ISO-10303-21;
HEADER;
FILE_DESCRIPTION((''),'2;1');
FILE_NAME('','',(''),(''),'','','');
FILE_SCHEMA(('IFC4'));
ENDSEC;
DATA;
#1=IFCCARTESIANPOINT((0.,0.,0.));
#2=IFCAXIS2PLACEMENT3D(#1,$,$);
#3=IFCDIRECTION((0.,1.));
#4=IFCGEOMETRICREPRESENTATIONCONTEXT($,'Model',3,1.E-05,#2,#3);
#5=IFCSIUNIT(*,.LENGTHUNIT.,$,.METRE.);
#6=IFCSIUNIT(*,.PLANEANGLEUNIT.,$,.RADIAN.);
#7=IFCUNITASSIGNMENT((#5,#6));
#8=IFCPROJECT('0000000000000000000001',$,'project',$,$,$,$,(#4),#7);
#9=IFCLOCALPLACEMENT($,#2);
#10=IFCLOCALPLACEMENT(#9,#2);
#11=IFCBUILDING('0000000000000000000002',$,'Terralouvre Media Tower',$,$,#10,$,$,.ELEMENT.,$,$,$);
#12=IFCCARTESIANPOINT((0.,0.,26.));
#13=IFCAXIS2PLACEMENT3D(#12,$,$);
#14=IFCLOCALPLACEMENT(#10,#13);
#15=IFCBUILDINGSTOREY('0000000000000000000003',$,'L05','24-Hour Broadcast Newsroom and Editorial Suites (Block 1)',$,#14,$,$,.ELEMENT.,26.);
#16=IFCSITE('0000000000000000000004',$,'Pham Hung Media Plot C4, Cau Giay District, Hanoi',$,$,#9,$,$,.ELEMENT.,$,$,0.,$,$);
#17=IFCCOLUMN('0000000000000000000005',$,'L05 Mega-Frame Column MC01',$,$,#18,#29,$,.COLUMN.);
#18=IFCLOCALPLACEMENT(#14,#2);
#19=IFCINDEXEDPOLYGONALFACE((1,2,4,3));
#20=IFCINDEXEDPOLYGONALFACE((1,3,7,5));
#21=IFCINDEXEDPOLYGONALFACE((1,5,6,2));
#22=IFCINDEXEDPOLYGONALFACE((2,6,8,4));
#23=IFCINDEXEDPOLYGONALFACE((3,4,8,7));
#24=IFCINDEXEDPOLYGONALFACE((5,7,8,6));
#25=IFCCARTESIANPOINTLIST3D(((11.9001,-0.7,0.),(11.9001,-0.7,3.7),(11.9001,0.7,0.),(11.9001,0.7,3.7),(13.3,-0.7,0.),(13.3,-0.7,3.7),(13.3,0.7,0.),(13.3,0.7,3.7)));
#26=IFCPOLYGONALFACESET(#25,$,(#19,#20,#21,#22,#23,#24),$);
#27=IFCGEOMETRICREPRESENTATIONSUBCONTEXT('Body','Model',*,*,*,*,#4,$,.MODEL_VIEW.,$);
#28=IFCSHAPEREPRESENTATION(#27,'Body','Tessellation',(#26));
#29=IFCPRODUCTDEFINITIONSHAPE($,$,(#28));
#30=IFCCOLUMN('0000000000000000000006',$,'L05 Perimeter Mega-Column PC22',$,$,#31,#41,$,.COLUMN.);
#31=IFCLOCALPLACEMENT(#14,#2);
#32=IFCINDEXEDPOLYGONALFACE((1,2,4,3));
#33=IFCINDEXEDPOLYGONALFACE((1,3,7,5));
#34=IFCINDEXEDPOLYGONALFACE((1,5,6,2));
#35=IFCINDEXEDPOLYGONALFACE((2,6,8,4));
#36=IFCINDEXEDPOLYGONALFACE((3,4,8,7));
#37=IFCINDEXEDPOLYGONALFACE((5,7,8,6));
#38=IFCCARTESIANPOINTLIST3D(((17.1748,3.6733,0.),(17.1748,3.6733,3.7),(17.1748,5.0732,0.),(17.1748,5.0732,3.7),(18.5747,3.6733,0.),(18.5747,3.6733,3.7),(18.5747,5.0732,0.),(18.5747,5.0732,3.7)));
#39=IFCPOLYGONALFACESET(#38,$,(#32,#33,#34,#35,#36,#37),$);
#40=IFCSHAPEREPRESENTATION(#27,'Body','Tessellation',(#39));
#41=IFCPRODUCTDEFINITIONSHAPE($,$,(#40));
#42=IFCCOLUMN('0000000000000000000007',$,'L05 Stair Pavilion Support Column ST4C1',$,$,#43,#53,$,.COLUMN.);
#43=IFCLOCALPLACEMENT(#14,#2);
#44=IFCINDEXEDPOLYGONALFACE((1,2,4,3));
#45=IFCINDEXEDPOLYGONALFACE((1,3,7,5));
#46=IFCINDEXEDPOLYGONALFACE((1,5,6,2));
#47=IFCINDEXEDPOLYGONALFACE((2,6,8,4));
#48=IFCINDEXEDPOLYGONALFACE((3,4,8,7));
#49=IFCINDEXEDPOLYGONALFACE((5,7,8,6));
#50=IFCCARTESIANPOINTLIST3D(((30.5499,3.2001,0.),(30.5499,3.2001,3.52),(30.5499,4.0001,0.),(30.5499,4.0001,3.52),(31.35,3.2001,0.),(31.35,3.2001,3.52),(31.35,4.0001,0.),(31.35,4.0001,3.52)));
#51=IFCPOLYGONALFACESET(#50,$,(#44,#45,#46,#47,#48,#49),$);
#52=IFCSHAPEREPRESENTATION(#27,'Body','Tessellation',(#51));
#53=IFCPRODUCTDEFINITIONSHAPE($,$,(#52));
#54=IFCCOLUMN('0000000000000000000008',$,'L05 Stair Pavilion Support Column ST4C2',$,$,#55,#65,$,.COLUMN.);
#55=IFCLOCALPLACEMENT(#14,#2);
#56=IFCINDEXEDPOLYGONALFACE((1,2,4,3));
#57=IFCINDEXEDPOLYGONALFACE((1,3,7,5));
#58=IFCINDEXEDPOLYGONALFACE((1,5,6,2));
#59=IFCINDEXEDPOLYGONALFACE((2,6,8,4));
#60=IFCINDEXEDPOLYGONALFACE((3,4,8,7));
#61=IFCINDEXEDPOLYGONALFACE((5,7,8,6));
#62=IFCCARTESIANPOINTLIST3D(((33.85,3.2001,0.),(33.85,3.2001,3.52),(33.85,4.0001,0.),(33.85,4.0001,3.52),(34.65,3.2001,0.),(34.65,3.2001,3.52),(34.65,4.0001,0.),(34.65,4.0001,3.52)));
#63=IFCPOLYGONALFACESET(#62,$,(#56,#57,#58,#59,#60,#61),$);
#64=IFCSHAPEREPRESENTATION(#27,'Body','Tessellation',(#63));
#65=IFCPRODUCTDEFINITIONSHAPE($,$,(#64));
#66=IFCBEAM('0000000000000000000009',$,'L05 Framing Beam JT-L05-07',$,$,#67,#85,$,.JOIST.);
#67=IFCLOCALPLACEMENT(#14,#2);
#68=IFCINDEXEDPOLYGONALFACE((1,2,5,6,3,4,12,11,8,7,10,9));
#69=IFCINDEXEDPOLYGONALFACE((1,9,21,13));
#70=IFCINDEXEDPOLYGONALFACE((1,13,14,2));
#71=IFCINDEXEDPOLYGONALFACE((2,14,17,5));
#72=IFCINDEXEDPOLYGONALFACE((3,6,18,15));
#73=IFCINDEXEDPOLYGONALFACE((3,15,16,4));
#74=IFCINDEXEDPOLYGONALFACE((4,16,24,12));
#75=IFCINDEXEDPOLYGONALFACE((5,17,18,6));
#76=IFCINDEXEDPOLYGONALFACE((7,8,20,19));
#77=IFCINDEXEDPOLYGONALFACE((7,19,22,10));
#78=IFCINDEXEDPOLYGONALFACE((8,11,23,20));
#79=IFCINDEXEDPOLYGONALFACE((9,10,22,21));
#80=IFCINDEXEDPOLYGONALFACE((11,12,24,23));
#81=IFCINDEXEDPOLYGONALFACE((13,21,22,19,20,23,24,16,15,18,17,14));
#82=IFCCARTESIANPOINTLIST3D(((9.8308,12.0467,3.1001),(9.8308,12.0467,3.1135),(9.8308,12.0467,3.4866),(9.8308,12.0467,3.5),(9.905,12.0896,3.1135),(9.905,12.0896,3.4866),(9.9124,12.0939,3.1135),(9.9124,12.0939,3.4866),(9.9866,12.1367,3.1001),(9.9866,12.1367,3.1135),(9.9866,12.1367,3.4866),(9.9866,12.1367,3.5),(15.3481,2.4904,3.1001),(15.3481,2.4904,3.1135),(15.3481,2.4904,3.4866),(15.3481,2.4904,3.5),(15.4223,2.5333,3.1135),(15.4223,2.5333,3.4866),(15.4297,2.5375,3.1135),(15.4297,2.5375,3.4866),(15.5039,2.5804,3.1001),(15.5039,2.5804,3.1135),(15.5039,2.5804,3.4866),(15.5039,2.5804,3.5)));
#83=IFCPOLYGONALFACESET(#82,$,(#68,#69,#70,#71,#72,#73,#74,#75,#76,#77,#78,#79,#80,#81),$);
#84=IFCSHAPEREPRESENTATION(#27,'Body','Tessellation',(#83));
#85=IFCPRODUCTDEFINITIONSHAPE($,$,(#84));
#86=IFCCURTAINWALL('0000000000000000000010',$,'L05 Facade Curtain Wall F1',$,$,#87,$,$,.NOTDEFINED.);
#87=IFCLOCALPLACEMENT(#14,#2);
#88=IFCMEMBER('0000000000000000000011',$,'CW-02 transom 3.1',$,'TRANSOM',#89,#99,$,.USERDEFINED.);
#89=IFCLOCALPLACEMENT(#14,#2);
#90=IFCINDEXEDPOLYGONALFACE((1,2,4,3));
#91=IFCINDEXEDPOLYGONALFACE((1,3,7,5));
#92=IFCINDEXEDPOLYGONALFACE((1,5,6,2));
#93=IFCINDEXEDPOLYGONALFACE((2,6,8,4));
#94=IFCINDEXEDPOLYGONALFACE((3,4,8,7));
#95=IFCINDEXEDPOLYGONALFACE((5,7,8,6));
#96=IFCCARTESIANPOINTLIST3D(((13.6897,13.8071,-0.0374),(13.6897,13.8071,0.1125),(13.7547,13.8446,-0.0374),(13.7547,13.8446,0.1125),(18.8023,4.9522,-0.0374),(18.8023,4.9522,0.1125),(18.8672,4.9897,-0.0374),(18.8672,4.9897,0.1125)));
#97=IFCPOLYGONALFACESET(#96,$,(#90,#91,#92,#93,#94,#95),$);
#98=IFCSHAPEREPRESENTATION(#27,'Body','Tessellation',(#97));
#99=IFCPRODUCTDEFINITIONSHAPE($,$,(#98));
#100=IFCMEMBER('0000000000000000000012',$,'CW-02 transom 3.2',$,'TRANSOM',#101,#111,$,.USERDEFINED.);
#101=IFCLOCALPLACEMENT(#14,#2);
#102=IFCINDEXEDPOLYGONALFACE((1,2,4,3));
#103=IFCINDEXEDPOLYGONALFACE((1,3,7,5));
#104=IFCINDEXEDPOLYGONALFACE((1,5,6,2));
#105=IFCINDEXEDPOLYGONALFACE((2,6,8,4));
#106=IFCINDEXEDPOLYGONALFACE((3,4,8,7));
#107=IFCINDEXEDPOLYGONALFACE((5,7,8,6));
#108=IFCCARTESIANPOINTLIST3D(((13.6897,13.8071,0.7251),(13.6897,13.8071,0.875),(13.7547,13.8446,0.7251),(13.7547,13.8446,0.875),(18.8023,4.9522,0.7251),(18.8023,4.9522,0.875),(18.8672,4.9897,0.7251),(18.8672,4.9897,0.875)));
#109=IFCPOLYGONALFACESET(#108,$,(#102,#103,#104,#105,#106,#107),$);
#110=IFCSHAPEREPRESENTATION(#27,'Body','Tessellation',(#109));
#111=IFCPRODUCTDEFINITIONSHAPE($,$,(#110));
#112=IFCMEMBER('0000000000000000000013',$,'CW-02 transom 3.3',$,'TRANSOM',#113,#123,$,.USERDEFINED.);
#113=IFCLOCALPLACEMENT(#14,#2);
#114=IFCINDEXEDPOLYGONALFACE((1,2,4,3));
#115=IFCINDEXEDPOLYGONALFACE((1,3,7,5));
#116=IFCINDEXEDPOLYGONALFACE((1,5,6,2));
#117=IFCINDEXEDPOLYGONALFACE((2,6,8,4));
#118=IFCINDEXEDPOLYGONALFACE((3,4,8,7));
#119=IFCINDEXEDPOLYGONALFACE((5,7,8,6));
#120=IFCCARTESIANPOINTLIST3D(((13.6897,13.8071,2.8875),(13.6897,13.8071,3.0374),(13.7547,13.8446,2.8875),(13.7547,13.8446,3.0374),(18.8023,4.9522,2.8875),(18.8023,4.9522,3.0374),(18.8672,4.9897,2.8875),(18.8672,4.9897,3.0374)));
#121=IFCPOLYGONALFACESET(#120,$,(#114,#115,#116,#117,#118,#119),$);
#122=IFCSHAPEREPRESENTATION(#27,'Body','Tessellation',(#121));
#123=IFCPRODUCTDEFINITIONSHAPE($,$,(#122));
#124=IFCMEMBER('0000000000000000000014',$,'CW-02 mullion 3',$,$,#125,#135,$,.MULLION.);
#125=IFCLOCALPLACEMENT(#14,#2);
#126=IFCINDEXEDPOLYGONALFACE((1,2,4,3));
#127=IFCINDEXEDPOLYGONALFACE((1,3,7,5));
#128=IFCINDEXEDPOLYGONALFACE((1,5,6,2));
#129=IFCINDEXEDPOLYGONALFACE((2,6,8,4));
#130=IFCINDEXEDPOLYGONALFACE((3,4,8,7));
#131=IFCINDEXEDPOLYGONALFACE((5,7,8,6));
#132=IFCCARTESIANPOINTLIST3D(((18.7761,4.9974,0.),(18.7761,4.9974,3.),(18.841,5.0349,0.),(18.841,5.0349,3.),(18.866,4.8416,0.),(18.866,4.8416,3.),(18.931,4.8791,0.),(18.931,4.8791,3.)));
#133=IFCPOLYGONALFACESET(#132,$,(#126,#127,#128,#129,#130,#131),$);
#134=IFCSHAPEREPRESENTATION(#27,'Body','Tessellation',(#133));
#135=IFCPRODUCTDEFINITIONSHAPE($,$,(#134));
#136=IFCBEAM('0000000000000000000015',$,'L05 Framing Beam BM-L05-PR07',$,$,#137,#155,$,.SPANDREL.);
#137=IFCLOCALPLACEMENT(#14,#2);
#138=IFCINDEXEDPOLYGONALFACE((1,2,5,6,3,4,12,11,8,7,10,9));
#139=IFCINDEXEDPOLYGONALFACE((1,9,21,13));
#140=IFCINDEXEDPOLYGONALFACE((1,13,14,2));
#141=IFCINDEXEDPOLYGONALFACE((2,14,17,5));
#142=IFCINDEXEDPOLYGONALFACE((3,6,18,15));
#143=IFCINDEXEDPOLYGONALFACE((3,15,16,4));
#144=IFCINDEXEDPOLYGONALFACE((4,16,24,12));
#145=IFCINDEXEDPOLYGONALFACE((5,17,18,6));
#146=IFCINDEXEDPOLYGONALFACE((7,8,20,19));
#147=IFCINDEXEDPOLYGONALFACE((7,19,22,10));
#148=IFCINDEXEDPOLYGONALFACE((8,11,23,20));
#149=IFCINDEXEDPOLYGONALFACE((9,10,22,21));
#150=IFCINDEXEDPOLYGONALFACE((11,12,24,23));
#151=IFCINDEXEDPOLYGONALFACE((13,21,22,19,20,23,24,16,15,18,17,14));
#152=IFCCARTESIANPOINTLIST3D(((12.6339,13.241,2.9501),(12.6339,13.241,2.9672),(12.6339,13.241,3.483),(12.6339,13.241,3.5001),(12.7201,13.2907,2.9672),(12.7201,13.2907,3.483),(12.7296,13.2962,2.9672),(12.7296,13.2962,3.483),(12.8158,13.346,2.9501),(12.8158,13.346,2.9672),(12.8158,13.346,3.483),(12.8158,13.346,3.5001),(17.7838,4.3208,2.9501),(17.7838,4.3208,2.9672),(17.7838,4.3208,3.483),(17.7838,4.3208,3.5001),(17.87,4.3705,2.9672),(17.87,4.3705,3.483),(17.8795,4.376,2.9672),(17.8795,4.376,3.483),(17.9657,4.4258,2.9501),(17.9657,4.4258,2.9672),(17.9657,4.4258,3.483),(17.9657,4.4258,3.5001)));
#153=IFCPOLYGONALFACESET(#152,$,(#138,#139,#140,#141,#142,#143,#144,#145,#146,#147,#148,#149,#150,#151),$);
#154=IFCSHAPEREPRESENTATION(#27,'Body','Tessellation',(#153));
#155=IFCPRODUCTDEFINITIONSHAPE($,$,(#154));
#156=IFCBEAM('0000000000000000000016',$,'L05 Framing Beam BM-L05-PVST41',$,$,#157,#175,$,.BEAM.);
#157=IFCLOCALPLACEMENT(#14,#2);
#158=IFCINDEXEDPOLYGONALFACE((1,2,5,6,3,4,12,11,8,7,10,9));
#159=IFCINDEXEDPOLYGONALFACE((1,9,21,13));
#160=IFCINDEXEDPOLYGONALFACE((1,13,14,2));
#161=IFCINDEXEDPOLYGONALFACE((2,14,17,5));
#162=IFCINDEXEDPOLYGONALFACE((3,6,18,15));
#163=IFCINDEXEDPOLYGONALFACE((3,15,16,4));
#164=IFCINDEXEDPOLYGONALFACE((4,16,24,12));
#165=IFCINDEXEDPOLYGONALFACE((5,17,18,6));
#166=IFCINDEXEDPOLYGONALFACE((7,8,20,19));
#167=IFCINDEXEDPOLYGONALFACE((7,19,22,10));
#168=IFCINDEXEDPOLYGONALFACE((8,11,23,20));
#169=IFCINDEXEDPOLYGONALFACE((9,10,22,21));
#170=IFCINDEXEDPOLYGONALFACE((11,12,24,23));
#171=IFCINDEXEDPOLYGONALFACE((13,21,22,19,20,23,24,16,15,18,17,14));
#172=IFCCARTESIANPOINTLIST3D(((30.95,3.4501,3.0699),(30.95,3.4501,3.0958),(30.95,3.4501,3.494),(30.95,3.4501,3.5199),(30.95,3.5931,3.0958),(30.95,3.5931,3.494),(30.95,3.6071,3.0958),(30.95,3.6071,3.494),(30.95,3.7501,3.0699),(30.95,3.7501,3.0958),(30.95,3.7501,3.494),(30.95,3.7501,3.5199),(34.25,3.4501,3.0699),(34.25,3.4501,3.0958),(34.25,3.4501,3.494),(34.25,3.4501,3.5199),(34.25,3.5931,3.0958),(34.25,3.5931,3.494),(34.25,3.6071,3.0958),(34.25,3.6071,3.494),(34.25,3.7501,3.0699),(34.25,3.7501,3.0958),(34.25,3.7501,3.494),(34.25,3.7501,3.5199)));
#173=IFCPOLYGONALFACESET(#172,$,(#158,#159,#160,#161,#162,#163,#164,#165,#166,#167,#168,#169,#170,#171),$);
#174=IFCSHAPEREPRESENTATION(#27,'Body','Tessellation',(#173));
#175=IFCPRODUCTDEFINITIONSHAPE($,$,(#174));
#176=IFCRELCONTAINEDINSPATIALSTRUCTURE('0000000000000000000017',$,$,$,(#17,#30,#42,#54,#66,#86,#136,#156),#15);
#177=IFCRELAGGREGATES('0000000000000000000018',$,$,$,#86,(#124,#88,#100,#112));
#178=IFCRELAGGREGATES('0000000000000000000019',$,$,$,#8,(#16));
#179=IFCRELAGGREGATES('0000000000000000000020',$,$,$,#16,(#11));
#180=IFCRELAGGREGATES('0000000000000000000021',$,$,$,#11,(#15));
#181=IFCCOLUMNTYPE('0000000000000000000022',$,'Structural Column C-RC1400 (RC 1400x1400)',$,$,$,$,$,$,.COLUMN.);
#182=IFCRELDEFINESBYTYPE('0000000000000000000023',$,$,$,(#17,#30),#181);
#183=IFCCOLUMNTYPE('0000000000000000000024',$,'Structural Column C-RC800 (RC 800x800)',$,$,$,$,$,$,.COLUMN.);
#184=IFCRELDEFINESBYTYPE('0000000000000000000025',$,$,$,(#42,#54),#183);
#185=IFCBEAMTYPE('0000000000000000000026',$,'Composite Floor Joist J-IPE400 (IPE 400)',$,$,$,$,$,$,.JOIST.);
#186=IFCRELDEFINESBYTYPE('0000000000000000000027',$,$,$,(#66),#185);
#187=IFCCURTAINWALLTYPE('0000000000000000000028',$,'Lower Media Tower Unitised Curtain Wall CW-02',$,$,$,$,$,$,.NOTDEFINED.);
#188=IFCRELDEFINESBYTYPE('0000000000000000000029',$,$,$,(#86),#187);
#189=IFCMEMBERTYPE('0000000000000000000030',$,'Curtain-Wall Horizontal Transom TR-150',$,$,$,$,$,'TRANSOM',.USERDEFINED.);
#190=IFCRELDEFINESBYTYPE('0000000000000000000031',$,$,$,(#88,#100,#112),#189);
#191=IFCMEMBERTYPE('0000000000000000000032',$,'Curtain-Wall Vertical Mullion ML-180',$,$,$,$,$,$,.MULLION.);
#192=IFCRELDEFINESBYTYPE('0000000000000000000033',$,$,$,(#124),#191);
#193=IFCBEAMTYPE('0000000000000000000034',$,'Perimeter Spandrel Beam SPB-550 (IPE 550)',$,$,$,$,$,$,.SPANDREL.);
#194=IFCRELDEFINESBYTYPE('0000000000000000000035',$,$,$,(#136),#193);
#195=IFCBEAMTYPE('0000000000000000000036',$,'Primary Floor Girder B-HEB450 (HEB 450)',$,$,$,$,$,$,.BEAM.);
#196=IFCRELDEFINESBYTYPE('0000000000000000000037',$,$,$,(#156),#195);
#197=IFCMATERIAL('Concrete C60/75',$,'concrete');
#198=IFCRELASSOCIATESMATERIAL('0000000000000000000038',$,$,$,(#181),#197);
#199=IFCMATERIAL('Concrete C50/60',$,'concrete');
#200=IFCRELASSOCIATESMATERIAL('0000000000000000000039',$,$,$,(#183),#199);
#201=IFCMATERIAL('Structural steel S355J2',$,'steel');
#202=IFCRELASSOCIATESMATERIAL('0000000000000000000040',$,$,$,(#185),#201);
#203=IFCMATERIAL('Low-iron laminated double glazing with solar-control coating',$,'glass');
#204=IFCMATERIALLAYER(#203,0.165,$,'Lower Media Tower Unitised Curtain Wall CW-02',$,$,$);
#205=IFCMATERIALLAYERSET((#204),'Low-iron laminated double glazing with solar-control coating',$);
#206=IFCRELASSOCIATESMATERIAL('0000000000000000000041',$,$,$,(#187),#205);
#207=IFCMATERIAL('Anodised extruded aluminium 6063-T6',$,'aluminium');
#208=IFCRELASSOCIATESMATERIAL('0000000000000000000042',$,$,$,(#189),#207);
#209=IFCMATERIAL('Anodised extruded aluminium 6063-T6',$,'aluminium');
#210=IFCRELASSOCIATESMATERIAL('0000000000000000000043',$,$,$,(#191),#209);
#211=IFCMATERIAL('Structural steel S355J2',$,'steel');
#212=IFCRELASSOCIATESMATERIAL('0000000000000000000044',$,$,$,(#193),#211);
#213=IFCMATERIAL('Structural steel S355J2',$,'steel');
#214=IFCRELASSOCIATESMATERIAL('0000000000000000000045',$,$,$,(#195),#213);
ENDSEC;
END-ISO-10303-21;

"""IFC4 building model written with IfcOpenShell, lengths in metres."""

from ifc_helpers import new_model, si_unit, direction, frame, origin, origin_2d, place, context, subcontext, project, spatial, rectangle, i_section, extrude, material, layer, layer_set, material_profile, profile_set, type_object, element, aggregate, save


model = new_model("IFC4")

# Units and contexts
model_context = context("Model", 3, precision=1e-05, world=origin(), true_north=direction((0.0, 1.0)))
body_context = subcontext(model_context, "Body", "Model", "MODEL_VIEW")
ifc_project = project(units=[si_unit("LENGTHUNIT", "METRE"), si_unit("PLANEANGLEUNIT", "RADIAN")], contexts=[model_context])

# Site, building, storey
site_placement = place(None, origin())
site = spatial("IfcSite", under=ifc_project, at=site_placement, Name="Pham Hung Media Plot C4, Cau Giay District, Hanoi", CompositionType="ELEMENT", RefElevation=0.0)
building_placement = place(site_placement, origin())
building = spatial("IfcBuilding", under=site, at=building_placement, Name="Terralouvre Media Tower", CompositionType="ELEMENT")
storey_placement = place(building_placement, frame((0.0, 0.0, 26.0)))
storey = spatial("IfcBuildingStorey", under=building, at=storey_placement, Name="L05", Description="24-Hour Broadcast Newsroom and Editorial Suites (Block 1)", CompositionType="ELEMENT", Elevation=26.0)

# Columns
ifc_material_1 = material(Name="Concrete C60/75", Category="concrete")
ifc_material_profile_1 = material_profile(ifc_material_1, rectangle(XDim=1.3999, YDim=1.3999, at=origin_2d()), Name="RC 1400x1400")
ifc_profile_set_1 = profile_set([ifc_material_profile_1], Name="Concrete C60/75")
column_type_1 = type_object("IfcColumnType", Name="Structural Column C-RC1400 (RC 1400x1400)", PredefinedType="COLUMN", material=ifc_profile_set_1)
for number, where, z_axis, x_axis, name in (
    (1, (12.6001, 0.0, 0.0), (0.0, 0.0, 1.0), (1.0, 0.0, 0.0), "L05 Mega-Frame Column MC01"),
    (2, (17.8748, 4.3733, 0.0), (0.0, 0.0, 1.0), (1.0, 0.0, 0.0), "L05 Perimeter Mega-Column PC22"),
):
    element("IfcColumn", number, at=place(storey_placement, frame(where, z_axis=z_axis, x_axis=x_axis)), inside=storey, type_object=column_type_1, Name=name, PredefinedType="COLUMN", context=body_context, shape_type="SweptSolid", body=[
        extrude(rectangle(XDim=1.3999, YDim=1.3999, at=origin_2d()), origin(), (0.0, 0.0, 1.0), 3.7),
    ])
ifc_material_2 = material(Name="Concrete C50/60", Category="concrete")
ifc_material_profile_2 = material_profile(ifc_material_2, rectangle(XDim=0.8, YDim=0.8, at=origin_2d()), Name="RC 800x800")
ifc_profile_set_2 = profile_set([ifc_material_profile_2], Name="Concrete C50/60")
column_type_2 = type_object("IfcColumnType", Name="Structural Column C-RC800 (RC 800x800)", PredefinedType="COLUMN", material=ifc_profile_set_2)
for number, where, z_axis, x_axis, name in (
    (3, (30.95, 3.6001, 0.0), (0.0, 0.0, 1.0), (1.0, 0.0, 0.0), "L05 Stair Pavilion Support Column ST4C1"),
    (4, (34.25, 3.6001, 0.0), (0.0, 0.0, 1.0), (1.0, 0.0, 0.0), "L05 Stair Pavilion Support Column ST4C2"),
):
    element("IfcColumn", number, at=place(storey_placement, frame(where, z_axis=z_axis, x_axis=x_axis)), inside=storey, type_object=column_type_2, Name=name, PredefinedType="COLUMN", context=body_context, shape_type="SweptSolid", body=[
        extrude(rectangle(XDim=0.8, YDim=0.8, at=origin_2d()), origin(), (0.0, 0.0, 1.0), 3.52),
    ])

# Beam
ifc_material_3 = material(Name="Structural steel S355J2", Category="steel")
ifc_material_profile_3 = material_profile(ifc_material_3, i_section(OverallWidth=0.1799, OverallDepth=0.3999, WebThickness=0.0085, FlangeThickness=0.0134, at=origin_2d()), Name="IPE 400")
ifc_profile_set_3 = profile_set([ifc_material_profile_3], Name="Structural steel S355J2")
beam_type_1 = type_object("IfcBeamType", Name="Composite Floor Joist J-IPE400 (IPE 400)", PredefinedType="JOIST", material=ifc_profile_set_3)
beam_1_placement = place(storey_placement, frame((15.426, 2.5354, 3.3), z_axis=(-0.499996, 0.866028, 0.0), x_axis=(-0.866028, -0.499996, 0.0)))
element("IfcBeam", 5, at=beam_1_placement, inside=storey, type_object=beam_type_1, Name="L05 Framing Beam JT-L05-07", PredefinedType="JOIST", context=body_context, shape_type="SweptSolid", body=[
    extrude(i_section(OverallWidth=0.1799, OverallDepth=0.3999, WebThickness=0.0085, FlangeThickness=0.0134, at=origin_2d()), origin(), (0.0, 0.0, 1.0), 11.0347),
])

# Curtain wall, members
ifc_material_4 = material(Name="Low-iron laminated double glazing with solar-control coating", Category="glass")
ifc_layer_1 = layer(ifc_material_4, 0.165, Name="Lower Media Tower Unitised Curtain Wall CW-02")
ifc_layer_set_1 = layer_set([ifc_layer_1], Name="Low-iron laminated double glazing with solar-control coating")
curtain_wall_type = type_object("IfcCurtainWallType", Name="Lower Media Tower Unitised Curtain Wall CW-02", PredefinedType="NOTDEFINED", material=ifc_layer_set_1)
curtain_wall_placement = place(storey_placement, origin())
curtain_wall = element("IfcCurtainWall", 6, at=curtain_wall_placement, inside=storey, type_object=curtain_wall_type, Name="L05 Facade Curtain Wall F1", PredefinedType="NOTDEFINED")
ifc_material_5 = material(Name="Anodised extruded aluminium 6063-T6", Category="aluminium")
ifc_material_profile_4 = material_profile(ifc_material_5, rectangle(XDim=0.075, YDim=0.1499, at=origin_2d()), Name="ALU 75x150")
ifc_profile_set_4 = profile_set([ifc_material_profile_4], Name="Anodised extruded aluminium 6063-T6")
member_type_1 = type_object("IfcMemberType", Name="Curtain-Wall Horizontal Transom TR-150", ElementType="TRANSOM", PredefinedType="USERDEFINED", material=ifc_profile_set_4)
member_1_placement = place(storey_placement, frame((18.8347, 4.9709, 0.0376), z_axis=(-0.500009, 0.86602, 0.0), x_axis=(-0.86602, -0.500009, 0.0)))
member_1 = element("IfcMember", 7, at=member_1_placement, type_object=member_type_1, Name="CW-02 transom 3.1", ObjectType="TRANSOM", PredefinedType="USERDEFINED", context=body_context, shape_type="SweptSolid", body=[
    extrude(rectangle(XDim=0.075, YDim=0.1499, at=origin_2d()), origin(), (0.0, 0.0, 1.0), 10.2249),
])
member_2_placement = place(storey_placement, frame((18.8347, 4.9709, 0.8), z_axis=(-0.500009, 0.86602, 0.0), x_axis=(-0.86602, -0.500009, 0.0)))
member_2 = element("IfcMember", 8, at=member_2_placement, type_object=member_type_1, Name="CW-02 transom 3.2", ObjectType="TRANSOM", PredefinedType="USERDEFINED", context=body_context, shape_type="SweptSolid", body=[
    extrude(rectangle(XDim=0.075, YDim=0.1499, at=origin_2d()), origin(), (0.0, 0.0, 1.0), 10.2249),
])
member_3_placement = place(storey_placement, frame((18.8347, 4.9709, 2.9624), z_axis=(-0.500009, 0.86602, 0.0), x_axis=(-0.86602, -0.500009, 0.0)))
member_3 = element("IfcMember", 9, at=member_3_placement, type_object=member_type_1, Name="CW-02 transom 3.3", ObjectType="TRANSOM", PredefinedType="USERDEFINED", context=body_context, shape_type="SweptSolid", body=[
    extrude(rectangle(XDim=0.075, YDim=0.1499, at=origin_2d()), origin(), (0.0, 0.0, 1.0), 10.2249),
])
ifc_material_6 = material(Name="Anodised extruded aluminium 6063-T6", Category="aluminium")
ifc_material_profile_5 = material_profile(ifc_material_6, rectangle(XDim=0.075, YDim=0.1799, at=origin_2d()), Name="ALU 75x180")
ifc_profile_set_5 = profile_set([ifc_material_profile_5], Name="Anodised extruded aluminium 6063-T6")
member_type_2 = type_object("IfcMemberType", Name="Curtain-Wall Vertical Mullion ML-180", PredefinedType="MULLION", material=ifc_profile_set_5)
member_4_placement = place(storey_placement, frame((18.8535, 4.9382, 0.0), z_axis=(0.0, 0.0, 1.0), x_axis=(-0.866025, -0.5, 0.0)))
member_4 = element("IfcMember", 10, at=member_4_placement, type_object=member_type_2, Name="CW-02 mullion 3", PredefinedType="MULLION", context=body_context, shape_type="SweptSolid", body=[
    extrude(rectangle(XDim=0.075, YDim=0.1799, at=origin_2d()), origin(), (0.0, 0.0, 1.0), 3.0),
])

# Beams
ifc_material_7 = material(Name="Structural steel S355J2", Category="steel")
ifc_material_profile_6 = material_profile(ifc_material_7, i_section(OverallWidth=0.21, OverallDepth=0.55, WebThickness=0.011, FlangeThickness=0.0171, at=origin_2d()), Name="IPE 550")
ifc_profile_set_6 = profile_set([ifc_material_profile_6], Name="Structural steel S355J2")
beam_type_2 = type_object("IfcBeamType", Name="Perimeter Spandrel Beam SPB-550 (IPE 550)", PredefinedType="SPANDREL", material=ifc_profile_set_6)
beam_2_placement = place(storey_placement, frame((17.8748, 4.3733, 3.2251), z_axis=(-0.499989, 0.866032, 0.0), x_axis=(-0.866032, -0.499989, 0.0)))
element("IfcBeam", 11, at=beam_2_placement, inside=storey, type_object=beam_type_2, Name="L05 Framing Beam BM-L05-PR07", PredefinedType="SPANDREL", context=body_context, shape_type="SweptSolid", body=[
    extrude(i_section(OverallWidth=0.21, OverallDepth=0.55, WebThickness=0.011, FlangeThickness=0.0171, at=origin_2d()), origin(), (0.0, 0.0, 1.0), 10.3),
])
ifc_material_8 = material(Name="Structural steel S355J2", Category="steel")
ifc_material_profile_7 = material_profile(ifc_material_8, i_section(OverallWidth=0.3, OverallDepth=0.45, WebThickness=0.0139, FlangeThickness=0.0259, at=origin_2d()), Name="HEB 450")
ifc_profile_set_7 = profile_set([ifc_material_profile_7], Name="Structural steel S355J2")
beam_type_3 = type_object("IfcBeamType", Name="Primary Floor Girder B-HEB450 (HEB 450)", PredefinedType="BEAM", material=ifc_profile_set_7)
beam_3_placement = place(storey_placement, frame((30.95, 3.6001, 3.2949), z_axis=(1.0, 0.0, 0.0), x_axis=(0.0, 1.0, 0.0)))
element("IfcBeam", 12, at=beam_3_placement, inside=storey, type_object=beam_type_3, Name="L05 Framing Beam BM-L05-PVST41", PredefinedType="BEAM", context=body_context, shape_type="SweptSolid", body=[
    extrude(i_section(OverallWidth=0.3, OverallDepth=0.45, WebThickness=0.0139, FlangeThickness=0.0259, at=origin_2d()), origin(), (0.0, 0.0, 1.0), 3.3),
])

aggregate(curtain_wall, [member_4, member_1, member_2, member_3])

save(model, "model.ifc")
